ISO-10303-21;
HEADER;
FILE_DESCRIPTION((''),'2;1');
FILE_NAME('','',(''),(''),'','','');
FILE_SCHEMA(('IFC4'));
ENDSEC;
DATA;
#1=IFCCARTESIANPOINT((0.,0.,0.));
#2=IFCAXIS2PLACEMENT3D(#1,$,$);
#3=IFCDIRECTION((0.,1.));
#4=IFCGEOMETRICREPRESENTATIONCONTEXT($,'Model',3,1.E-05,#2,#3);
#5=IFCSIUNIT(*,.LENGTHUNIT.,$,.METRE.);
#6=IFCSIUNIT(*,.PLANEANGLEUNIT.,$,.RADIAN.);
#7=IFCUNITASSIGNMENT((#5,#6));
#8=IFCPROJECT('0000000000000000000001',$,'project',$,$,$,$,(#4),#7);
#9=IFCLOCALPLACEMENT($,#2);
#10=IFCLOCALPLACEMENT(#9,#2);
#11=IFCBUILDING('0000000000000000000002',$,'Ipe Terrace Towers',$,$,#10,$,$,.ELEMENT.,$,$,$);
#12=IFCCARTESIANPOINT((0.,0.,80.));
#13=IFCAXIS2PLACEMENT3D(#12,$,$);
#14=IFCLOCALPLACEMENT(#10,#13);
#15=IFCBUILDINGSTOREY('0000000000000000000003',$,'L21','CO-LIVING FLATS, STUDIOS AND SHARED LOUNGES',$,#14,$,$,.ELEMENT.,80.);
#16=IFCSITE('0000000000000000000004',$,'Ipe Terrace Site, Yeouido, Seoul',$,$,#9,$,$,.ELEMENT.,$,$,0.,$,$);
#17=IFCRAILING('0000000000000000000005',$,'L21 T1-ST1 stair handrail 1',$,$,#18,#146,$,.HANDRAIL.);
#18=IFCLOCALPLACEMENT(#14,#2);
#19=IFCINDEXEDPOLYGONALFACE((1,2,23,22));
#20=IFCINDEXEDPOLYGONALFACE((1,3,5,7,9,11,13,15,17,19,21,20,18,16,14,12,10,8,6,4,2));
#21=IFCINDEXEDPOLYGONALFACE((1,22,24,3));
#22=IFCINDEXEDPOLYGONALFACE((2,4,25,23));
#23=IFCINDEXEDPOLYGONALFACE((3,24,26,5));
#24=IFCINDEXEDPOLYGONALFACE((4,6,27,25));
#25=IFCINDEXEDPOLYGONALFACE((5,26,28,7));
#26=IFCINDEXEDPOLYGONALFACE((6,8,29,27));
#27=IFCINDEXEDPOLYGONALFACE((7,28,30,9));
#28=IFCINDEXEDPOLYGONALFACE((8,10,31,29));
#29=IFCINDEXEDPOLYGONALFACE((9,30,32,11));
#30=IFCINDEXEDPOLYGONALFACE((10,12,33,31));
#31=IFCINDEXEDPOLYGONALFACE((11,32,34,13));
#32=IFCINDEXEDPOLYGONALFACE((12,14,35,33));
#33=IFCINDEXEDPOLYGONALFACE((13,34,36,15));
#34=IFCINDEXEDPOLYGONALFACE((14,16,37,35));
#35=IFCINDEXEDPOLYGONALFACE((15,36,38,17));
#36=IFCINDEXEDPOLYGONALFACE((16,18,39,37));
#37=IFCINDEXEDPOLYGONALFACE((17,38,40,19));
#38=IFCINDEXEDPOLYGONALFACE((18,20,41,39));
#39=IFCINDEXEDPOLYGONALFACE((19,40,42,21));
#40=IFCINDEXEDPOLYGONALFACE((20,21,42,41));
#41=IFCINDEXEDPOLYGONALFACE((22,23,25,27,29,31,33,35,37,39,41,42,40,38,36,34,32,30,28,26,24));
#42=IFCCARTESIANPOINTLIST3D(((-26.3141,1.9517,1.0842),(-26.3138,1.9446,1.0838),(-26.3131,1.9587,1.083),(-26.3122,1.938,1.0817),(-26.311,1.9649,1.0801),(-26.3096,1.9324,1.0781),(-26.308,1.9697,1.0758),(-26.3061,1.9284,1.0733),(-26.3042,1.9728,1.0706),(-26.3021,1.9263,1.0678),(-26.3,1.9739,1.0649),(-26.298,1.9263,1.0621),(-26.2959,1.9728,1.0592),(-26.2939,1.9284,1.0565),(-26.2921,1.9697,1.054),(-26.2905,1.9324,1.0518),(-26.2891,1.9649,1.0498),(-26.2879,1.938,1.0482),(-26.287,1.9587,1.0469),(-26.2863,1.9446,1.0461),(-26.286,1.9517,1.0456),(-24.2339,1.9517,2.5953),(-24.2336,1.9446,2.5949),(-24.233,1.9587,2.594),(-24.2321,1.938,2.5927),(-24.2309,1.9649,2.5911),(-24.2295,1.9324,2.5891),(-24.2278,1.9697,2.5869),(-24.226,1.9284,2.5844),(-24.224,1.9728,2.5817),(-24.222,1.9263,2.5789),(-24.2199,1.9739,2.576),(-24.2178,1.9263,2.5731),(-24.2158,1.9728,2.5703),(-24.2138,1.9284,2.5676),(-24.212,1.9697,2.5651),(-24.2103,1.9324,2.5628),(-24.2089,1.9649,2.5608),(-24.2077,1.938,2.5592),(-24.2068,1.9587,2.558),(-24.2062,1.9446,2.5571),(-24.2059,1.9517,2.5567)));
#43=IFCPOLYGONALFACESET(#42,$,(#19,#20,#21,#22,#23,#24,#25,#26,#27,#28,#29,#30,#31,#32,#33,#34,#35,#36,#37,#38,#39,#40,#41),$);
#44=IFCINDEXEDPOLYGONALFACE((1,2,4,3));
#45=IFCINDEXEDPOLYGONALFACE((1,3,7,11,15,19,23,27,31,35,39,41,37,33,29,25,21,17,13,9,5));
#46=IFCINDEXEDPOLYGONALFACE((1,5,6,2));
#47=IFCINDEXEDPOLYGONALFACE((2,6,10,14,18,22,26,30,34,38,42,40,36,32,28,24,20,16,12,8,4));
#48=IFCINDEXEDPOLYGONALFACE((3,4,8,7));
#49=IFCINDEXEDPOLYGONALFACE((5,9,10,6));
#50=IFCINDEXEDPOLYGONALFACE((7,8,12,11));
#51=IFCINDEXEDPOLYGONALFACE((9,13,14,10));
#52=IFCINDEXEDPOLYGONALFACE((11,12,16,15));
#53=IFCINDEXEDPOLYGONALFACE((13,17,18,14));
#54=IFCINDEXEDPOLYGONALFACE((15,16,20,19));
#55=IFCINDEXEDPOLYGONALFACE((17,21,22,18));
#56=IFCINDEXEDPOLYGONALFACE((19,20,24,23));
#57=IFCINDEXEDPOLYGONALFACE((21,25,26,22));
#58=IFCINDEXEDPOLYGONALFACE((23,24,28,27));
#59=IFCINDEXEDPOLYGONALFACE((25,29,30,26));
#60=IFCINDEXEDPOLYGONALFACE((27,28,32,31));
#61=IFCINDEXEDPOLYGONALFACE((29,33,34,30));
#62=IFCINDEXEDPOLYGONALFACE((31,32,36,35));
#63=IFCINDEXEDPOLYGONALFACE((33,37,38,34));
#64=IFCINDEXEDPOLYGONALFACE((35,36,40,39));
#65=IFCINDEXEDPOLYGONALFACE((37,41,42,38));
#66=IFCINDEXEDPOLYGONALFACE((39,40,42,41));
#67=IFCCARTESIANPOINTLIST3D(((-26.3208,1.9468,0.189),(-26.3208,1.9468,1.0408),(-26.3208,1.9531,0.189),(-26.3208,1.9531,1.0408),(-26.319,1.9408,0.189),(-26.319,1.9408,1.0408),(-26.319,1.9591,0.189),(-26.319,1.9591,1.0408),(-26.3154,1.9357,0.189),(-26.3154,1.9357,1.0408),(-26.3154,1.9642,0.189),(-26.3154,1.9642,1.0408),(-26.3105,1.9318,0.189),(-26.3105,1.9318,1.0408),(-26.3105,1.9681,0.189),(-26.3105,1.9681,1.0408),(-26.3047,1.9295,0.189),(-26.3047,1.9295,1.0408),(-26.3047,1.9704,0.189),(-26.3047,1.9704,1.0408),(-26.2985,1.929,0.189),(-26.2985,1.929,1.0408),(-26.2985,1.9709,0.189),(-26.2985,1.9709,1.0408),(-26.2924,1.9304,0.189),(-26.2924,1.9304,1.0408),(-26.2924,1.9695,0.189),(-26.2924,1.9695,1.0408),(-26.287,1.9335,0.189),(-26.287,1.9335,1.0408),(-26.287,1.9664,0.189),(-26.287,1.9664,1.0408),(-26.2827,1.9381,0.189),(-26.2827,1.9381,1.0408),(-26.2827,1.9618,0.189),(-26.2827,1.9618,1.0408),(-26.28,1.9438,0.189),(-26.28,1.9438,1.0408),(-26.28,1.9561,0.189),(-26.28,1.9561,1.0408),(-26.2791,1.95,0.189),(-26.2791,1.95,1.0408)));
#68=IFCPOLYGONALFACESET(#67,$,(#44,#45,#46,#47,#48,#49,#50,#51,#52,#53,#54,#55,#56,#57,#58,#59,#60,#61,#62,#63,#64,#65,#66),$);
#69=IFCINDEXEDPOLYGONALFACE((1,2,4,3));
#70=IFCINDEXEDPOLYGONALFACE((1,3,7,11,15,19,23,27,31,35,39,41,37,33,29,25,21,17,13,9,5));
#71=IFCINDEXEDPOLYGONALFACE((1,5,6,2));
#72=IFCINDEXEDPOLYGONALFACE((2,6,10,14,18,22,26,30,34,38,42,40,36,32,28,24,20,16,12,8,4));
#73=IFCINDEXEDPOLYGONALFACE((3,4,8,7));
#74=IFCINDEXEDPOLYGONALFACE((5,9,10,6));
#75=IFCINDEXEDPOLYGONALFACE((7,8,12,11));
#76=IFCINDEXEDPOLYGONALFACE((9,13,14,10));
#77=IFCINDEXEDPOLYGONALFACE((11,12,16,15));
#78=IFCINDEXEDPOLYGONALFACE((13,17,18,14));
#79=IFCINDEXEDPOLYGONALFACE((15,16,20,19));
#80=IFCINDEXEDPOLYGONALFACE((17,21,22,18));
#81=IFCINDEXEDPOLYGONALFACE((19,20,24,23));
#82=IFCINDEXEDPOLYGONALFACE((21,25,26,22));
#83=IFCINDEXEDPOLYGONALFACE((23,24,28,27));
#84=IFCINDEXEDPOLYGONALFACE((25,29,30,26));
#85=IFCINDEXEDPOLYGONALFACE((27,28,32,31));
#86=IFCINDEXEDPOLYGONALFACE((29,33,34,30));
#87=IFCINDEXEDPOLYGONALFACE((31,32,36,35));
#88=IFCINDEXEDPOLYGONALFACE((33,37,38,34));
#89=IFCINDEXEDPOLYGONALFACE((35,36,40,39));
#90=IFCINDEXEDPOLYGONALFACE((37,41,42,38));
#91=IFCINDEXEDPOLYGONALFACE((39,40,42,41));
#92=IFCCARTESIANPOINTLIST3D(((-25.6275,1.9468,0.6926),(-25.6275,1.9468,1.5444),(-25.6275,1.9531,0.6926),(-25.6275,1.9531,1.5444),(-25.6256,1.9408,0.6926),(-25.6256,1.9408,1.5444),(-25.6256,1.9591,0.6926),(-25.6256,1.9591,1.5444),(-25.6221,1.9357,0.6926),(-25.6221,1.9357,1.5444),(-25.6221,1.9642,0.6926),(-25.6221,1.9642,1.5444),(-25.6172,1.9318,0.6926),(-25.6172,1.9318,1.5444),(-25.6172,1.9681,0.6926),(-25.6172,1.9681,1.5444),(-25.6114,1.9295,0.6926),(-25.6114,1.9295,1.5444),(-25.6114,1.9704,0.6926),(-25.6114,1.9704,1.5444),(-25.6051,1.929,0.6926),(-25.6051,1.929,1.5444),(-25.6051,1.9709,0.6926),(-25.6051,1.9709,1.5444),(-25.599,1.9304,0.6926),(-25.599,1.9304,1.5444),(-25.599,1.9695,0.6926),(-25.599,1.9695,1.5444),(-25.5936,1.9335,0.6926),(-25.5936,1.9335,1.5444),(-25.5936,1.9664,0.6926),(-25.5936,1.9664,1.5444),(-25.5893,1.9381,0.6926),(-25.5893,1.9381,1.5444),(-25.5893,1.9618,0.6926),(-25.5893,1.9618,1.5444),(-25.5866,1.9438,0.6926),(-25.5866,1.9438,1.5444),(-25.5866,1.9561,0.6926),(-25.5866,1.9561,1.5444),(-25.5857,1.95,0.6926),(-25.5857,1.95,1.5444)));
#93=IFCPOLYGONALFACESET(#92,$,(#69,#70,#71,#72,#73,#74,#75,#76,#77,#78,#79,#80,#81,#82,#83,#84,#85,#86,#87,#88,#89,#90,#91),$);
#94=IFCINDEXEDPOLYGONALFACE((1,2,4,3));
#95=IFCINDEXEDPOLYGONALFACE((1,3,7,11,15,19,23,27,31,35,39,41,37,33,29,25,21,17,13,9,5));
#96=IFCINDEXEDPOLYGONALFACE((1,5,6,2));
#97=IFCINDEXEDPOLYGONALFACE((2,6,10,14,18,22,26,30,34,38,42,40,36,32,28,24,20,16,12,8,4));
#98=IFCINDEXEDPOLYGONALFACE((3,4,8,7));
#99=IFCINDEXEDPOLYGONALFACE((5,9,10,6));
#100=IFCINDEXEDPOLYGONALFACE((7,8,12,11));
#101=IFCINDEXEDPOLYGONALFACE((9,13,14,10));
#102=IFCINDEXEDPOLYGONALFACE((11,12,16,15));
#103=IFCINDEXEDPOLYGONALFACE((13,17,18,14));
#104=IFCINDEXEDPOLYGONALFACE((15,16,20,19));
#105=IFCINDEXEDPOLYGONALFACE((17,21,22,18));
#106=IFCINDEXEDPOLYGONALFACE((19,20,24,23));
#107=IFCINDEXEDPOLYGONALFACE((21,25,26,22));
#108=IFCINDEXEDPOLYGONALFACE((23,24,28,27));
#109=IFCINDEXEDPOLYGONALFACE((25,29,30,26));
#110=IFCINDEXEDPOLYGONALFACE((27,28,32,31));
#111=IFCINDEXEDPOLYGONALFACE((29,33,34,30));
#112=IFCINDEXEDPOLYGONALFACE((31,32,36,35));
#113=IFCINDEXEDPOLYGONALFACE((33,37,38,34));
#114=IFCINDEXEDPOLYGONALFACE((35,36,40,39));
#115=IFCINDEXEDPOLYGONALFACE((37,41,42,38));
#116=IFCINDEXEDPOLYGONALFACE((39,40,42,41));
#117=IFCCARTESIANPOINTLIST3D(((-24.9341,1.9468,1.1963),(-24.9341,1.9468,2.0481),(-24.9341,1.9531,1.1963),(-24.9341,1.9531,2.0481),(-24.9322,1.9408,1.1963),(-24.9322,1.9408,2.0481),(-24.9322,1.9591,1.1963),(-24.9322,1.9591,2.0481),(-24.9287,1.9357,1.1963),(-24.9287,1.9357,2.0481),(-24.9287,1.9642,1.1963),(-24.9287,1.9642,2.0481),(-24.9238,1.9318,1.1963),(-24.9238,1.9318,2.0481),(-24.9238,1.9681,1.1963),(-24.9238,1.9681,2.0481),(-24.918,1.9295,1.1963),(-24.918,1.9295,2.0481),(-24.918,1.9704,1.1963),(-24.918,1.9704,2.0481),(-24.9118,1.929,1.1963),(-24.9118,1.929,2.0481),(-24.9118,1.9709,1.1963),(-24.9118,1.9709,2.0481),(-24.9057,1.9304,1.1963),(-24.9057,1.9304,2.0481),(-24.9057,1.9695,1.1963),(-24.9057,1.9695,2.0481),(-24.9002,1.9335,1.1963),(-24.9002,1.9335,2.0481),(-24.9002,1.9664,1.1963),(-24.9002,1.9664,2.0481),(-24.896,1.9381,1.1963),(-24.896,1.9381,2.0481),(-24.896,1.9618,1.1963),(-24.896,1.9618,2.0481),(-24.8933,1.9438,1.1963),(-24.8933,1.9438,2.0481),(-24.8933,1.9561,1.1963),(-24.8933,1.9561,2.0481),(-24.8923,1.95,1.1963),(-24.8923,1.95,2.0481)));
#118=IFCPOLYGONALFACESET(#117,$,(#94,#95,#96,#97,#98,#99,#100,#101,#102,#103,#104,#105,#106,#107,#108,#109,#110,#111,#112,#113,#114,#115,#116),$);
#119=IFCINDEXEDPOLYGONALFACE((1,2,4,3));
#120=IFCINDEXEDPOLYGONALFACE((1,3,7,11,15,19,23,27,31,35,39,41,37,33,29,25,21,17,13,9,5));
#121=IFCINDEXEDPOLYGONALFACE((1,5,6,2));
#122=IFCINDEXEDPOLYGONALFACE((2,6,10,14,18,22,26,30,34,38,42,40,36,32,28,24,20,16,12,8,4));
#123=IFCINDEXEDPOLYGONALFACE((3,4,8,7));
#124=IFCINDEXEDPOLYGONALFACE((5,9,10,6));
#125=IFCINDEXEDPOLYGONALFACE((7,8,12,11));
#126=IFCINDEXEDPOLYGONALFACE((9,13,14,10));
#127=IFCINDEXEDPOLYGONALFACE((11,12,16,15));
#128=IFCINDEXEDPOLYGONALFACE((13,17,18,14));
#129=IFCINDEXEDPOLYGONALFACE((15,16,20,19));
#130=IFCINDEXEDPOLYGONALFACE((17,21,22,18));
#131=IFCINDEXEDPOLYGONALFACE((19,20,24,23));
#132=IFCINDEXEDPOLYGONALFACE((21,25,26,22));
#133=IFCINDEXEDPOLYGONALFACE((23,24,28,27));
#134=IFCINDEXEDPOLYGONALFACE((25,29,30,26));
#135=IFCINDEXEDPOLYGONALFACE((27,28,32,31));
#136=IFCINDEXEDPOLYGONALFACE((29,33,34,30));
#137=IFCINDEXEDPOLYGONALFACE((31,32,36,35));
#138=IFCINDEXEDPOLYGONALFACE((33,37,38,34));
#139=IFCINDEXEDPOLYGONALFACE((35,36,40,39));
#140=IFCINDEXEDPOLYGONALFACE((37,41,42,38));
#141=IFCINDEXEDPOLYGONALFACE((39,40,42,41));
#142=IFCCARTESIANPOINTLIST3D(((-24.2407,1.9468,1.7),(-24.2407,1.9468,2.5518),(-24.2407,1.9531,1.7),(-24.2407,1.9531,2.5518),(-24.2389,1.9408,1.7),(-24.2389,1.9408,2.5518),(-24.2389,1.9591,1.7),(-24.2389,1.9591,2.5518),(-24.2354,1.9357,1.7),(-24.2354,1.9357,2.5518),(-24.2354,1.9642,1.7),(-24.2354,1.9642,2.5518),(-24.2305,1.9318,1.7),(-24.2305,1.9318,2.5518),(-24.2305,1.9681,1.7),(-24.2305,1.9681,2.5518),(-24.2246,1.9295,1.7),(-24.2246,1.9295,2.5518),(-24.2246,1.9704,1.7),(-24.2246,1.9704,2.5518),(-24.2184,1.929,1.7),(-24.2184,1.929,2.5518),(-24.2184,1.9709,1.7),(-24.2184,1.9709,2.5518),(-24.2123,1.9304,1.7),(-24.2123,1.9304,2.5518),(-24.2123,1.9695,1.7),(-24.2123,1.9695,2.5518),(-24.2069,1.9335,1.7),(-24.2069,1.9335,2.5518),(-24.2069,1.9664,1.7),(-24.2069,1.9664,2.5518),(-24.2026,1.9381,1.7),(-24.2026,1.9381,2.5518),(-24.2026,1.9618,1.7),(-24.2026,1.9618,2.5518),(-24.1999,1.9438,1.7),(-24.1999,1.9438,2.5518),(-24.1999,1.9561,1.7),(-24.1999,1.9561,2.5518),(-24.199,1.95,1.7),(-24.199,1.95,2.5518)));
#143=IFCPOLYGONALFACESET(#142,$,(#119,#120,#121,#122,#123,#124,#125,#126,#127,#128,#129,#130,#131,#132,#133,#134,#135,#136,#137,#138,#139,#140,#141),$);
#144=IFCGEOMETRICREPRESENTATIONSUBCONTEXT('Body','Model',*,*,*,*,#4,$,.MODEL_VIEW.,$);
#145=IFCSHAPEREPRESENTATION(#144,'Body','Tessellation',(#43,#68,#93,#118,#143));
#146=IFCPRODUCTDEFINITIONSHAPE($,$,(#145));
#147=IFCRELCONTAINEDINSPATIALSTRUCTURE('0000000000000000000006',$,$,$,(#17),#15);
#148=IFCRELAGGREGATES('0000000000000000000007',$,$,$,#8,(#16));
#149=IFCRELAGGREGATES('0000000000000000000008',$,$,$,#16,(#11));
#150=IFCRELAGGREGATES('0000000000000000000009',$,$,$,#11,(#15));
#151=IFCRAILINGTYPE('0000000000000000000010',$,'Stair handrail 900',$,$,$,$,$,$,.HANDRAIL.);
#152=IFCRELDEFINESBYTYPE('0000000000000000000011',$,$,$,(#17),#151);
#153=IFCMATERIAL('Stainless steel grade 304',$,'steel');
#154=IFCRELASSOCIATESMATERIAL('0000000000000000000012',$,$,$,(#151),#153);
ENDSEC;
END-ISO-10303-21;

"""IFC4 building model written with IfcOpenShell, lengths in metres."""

from ifc_helpers import new_model, si_unit, direction, frame, origin, origin_2d, place, context, subcontext, project, spatial, circle, extrude, material, type_object, element, save


model = new_model("IFC4")

# Units and contexts
model_context = context("Model", 3, precision=1e-05, world=origin(), true_north=direction((0.0, 1.0)))
body_context = subcontext(model_context, "Body", "Model", "MODEL_VIEW")
ifc_project = project(units=[si_unit("LENGTHUNIT", "METRE"), si_unit("PLANEANGLEUNIT", "RADIAN")], contexts=[model_context])

# Site, building, storey
site_placement = place(None, origin())
site = spatial("IfcSite", under=ifc_project, at=site_placement, Name="Ipe Terrace Site, Yeouido, Seoul", CompositionType="ELEMENT", RefElevation=0.0)
building_placement = place(site_placement, origin())
building = spatial("IfcBuilding", under=site, at=building_placement, Name="Ipe Terrace Towers", CompositionType="ELEMENT")
storey_placement = place(building_placement, frame((0.0, 0.0, 80.0)))
storey = spatial("IfcBuildingStorey", under=building, at=storey_placement, Name="L21", Description="CO-LIVING FLATS, STUDIOS AND SHARED LOUNGES", CompositionType="ELEMENT", Elevation=80.0)

# Railing
ifc_material_1 = material(Name="Stainless steel grade 304", Category="steel")
railing_type_1 = type_object("IfcRailingType", Name="Stair handrail 900", PredefinedType="HANDRAIL", material=ifc_material_1)
railing_1_placement = place(storey_placement, frame((-26.3, 1.95, 0.189)))
element("IfcRailing", 1, at=railing_1_placement, inside=storey, type_object=railing_type_1, Name="L21 T1-ST1 stair handrail 1", PredefinedType="HANDRAIL", context=body_context, shape_type="SweptSolid", body=[
    extrude(circle(Radius=0.0239, at=origin_2d()), frame((0.0, 0.0, 0.876), z_axis=(0.809069, 0.0, 0.587714), x_axis=(0.0, 1.0, 0.0)), (0.0, 0.0, 1.0), 2.571),
    extrude(circle(Radius=0.021, at=origin_2d()), origin(), (0.0, 0.0, 1.0), 0.8518),
    extrude(circle(Radius=0.021, at=origin_2d()), frame((0.6934, 0.0, 0.5037)), (0.0, 0.0, 1.0), 0.8518),
    extrude(circle(Radius=0.021, at=origin_2d()), frame((1.3867, 0.0, 1.0073)), (0.0, 0.0, 1.0), 0.8518),
    extrude(circle(Radius=0.021, at=origin_2d()), frame((2.0801, 0.0, 1.511)), (0.0, 0.0, 1.0), 0.8518),
])

save(model, "model.ifc")
